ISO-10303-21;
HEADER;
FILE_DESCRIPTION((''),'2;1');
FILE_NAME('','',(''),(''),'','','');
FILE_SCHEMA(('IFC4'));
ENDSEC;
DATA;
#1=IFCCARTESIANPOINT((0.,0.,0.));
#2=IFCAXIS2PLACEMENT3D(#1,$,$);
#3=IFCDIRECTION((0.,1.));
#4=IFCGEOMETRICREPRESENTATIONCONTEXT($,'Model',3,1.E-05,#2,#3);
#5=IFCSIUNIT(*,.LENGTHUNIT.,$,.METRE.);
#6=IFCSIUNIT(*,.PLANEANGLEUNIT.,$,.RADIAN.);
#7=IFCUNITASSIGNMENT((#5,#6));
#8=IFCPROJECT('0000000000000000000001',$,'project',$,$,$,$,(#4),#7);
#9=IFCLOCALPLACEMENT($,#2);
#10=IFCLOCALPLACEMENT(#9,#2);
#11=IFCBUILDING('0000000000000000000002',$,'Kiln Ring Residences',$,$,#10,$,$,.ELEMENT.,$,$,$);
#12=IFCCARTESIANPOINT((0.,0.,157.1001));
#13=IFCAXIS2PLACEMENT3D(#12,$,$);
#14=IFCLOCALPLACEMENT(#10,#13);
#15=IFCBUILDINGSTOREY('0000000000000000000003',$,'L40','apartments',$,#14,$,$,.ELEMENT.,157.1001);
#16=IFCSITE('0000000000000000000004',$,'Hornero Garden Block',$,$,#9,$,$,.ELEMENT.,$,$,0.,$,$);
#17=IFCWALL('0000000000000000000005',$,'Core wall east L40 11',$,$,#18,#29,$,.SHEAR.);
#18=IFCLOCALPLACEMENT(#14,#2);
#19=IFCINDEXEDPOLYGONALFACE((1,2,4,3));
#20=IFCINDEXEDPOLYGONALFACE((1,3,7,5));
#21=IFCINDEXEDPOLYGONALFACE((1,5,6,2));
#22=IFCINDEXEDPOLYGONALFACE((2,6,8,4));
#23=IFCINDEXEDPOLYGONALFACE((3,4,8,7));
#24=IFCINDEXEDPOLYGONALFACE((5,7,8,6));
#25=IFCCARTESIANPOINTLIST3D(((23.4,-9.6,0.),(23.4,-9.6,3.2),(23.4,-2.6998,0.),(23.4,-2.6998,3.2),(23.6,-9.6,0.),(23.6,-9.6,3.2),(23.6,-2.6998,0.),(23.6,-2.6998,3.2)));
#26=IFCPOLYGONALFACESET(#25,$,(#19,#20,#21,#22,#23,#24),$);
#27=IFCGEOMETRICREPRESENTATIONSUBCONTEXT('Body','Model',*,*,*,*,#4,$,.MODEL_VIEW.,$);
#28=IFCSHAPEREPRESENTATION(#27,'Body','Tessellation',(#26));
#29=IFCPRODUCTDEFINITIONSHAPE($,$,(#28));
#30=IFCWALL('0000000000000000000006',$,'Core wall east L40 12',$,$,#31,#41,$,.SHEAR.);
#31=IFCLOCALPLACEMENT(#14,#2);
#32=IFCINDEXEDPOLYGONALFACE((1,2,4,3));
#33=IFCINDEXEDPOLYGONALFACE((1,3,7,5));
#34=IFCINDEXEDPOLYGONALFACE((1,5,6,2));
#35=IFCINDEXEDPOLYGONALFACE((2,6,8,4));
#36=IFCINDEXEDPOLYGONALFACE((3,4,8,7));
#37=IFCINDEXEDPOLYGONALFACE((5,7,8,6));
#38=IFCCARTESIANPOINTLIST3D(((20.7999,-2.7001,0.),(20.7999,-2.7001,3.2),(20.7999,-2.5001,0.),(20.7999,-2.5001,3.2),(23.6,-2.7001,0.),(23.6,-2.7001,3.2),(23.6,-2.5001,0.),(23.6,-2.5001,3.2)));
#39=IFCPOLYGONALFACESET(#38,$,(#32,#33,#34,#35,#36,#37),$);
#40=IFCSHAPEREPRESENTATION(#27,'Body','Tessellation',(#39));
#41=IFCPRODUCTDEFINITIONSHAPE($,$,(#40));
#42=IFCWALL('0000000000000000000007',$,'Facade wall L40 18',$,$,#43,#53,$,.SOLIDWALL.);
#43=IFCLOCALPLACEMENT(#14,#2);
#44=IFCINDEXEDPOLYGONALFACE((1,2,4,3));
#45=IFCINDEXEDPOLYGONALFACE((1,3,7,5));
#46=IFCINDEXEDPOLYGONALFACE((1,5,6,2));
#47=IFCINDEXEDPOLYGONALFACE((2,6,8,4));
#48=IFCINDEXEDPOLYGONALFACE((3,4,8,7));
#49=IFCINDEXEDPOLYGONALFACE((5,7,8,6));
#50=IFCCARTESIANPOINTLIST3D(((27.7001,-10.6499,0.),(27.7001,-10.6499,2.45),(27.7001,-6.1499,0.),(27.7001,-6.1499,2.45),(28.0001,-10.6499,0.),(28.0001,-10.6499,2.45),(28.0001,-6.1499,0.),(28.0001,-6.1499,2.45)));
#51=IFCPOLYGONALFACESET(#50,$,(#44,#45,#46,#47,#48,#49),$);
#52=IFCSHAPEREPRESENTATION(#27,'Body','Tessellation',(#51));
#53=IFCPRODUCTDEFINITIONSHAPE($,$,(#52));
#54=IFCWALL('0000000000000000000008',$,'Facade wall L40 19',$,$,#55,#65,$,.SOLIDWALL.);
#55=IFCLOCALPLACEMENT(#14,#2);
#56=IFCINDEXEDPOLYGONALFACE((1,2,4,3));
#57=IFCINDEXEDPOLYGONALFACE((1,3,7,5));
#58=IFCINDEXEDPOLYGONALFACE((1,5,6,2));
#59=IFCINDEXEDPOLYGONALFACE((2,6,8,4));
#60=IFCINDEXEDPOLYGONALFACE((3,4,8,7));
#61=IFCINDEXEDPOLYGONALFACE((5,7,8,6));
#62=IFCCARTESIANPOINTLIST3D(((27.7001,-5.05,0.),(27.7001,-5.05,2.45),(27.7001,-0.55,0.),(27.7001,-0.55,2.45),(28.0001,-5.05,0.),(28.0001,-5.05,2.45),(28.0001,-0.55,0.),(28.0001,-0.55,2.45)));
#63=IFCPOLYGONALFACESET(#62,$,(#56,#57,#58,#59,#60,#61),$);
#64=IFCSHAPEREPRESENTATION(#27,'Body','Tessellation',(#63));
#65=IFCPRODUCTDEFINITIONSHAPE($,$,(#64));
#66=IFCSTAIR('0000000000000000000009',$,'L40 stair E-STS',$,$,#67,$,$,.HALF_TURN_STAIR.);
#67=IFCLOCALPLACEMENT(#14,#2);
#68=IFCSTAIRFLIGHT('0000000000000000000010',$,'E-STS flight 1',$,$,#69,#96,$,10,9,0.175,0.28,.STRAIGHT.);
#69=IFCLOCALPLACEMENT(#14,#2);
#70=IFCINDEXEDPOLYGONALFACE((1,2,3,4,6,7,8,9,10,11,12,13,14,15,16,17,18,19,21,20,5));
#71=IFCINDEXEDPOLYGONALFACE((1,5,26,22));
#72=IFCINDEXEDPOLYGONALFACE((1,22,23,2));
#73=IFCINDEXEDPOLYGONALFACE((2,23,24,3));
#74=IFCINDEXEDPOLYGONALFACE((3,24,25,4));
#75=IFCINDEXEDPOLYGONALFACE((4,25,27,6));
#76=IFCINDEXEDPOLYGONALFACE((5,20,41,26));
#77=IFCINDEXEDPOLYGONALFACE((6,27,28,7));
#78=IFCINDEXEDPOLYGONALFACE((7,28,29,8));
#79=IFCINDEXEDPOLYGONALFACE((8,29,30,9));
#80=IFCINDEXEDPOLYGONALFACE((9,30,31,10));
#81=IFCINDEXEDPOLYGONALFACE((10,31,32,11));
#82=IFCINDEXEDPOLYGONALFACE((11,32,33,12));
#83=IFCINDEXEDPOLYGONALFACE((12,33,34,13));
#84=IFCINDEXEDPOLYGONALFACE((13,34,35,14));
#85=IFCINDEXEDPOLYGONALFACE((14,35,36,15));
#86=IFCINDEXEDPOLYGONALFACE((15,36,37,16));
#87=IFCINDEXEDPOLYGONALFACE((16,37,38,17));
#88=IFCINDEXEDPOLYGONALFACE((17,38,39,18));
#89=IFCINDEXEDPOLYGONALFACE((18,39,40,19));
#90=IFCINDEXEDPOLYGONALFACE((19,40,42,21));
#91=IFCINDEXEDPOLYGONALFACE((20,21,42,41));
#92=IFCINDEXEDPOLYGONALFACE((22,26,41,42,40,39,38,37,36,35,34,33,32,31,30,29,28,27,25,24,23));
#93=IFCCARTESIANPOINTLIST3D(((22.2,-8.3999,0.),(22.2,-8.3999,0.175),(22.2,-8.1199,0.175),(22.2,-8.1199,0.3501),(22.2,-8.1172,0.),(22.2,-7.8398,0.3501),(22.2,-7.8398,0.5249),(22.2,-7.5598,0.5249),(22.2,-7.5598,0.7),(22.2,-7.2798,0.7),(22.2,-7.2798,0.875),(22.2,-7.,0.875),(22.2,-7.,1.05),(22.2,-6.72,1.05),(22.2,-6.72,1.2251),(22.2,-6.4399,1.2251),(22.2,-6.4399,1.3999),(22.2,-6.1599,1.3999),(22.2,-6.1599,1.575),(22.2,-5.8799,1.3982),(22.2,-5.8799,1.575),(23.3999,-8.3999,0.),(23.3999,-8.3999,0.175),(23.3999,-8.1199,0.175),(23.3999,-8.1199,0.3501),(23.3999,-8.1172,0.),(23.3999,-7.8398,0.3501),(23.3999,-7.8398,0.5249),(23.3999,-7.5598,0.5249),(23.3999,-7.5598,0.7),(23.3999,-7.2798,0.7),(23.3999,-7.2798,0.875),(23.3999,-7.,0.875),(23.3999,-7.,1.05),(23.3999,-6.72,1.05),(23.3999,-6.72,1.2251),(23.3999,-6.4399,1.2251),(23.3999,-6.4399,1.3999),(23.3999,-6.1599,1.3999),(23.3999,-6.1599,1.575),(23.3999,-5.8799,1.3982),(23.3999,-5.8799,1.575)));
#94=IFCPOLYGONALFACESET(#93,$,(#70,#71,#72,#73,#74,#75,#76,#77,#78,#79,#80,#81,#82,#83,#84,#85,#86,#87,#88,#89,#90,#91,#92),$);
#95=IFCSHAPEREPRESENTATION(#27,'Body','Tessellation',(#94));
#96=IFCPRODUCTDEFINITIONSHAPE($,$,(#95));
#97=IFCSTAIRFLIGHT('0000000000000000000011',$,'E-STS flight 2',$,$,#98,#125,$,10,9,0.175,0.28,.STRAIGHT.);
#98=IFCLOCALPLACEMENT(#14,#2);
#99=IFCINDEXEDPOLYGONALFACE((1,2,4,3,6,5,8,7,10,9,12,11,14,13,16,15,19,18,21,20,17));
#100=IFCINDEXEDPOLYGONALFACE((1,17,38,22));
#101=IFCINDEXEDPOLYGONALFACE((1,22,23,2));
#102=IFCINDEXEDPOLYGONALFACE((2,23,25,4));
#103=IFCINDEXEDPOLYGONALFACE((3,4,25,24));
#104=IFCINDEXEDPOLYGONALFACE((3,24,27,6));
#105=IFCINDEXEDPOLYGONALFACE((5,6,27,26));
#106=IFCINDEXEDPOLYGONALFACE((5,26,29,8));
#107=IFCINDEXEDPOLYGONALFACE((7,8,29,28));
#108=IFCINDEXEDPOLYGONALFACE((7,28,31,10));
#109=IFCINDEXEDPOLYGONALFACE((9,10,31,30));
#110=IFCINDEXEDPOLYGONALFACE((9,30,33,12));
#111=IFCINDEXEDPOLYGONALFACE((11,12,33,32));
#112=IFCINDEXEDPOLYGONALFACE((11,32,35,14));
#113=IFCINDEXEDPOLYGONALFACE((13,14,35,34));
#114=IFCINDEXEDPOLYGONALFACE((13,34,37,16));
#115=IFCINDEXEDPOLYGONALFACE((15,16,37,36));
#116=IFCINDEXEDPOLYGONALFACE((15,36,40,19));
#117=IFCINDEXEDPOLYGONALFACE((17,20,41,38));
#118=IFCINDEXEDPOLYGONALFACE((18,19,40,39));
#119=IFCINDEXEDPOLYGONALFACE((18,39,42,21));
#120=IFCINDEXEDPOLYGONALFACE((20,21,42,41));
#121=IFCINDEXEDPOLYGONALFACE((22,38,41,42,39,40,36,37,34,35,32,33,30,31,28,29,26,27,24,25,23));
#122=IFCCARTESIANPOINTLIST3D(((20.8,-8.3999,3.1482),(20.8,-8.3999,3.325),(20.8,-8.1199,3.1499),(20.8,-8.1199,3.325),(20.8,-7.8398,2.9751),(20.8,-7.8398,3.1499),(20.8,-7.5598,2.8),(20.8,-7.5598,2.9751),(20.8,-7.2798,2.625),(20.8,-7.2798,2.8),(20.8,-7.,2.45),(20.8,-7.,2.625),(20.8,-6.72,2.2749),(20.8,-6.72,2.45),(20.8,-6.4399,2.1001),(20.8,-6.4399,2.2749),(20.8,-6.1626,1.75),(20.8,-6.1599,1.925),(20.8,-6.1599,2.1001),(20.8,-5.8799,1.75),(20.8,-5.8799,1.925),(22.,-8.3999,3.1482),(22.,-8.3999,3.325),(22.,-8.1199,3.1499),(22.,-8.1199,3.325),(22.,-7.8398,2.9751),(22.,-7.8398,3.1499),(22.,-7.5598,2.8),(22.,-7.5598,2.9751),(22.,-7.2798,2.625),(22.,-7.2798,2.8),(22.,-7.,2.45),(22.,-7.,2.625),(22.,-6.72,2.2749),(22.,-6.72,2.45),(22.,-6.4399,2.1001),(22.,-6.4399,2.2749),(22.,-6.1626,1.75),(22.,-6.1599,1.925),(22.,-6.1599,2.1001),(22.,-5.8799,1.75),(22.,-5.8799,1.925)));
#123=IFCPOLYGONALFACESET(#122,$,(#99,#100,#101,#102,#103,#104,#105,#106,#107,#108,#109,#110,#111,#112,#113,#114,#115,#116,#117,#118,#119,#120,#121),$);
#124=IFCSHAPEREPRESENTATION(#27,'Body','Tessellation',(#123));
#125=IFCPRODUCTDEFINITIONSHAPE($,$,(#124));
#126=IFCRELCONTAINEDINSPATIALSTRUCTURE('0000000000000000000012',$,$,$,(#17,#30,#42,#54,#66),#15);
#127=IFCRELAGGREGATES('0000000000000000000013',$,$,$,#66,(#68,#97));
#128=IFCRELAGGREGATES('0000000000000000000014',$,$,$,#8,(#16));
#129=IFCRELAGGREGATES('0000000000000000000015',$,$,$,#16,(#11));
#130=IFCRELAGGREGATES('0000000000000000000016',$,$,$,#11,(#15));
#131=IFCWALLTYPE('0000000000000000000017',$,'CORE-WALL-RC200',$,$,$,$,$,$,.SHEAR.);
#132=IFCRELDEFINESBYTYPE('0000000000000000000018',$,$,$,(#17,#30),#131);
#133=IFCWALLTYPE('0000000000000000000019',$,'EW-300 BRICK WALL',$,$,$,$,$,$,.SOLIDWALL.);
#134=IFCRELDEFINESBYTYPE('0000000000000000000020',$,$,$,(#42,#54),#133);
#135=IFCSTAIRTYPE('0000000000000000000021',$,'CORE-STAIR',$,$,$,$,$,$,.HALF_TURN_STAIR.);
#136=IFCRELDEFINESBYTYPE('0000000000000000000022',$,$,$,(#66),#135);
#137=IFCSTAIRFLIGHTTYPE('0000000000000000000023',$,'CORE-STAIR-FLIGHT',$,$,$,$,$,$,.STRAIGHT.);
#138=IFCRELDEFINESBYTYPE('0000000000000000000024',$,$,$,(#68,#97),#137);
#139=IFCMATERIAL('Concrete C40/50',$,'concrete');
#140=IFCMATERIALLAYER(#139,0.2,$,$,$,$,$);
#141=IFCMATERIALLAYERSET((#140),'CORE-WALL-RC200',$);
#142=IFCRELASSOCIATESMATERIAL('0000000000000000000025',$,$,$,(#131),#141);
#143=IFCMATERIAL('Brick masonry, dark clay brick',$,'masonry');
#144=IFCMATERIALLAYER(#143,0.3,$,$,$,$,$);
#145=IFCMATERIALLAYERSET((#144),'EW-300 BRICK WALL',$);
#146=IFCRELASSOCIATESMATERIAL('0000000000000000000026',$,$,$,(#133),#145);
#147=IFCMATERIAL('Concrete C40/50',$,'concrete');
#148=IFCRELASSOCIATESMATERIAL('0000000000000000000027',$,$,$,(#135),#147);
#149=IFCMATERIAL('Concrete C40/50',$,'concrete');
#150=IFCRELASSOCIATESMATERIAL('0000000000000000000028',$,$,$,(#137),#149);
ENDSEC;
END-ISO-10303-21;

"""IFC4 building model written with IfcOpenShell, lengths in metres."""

from ifc_helpers import new_model, si_unit, direction, frame, frame_2d, origin, place, context, subcontext, project, spatial, polyline, rectangle, outline, extrude, material, layer, layer_set, type_object, element, aggregate, save


model = new_model("IFC4")

# Units and contexts
model_context = context("Model", 3, precision=1e-05, world=origin(), true_north=direction((0.0, 1.0)))
body_context = subcontext(model_context, "Body", "Model", "MODEL_VIEW")
ifc_project = project(units=[si_unit("LENGTHUNIT", "METRE"), si_unit("PLANEANGLEUNIT", "RADIAN")], contexts=[model_context])

# Site, building, storey
site_placement = place(None, origin())
site = spatial("IfcSite", under=ifc_project, at=site_placement, Name="Hornero Garden Block", CompositionType="ELEMENT", RefElevation=0.0)
building_placement = place(site_placement, origin())
building = spatial("IfcBuilding", under=site, at=building_placement, Name="Kiln Ring Residences", CompositionType="ELEMENT")
storey_placement = place(building_placement, frame((0.0, 0.0, 157.1001)))
storey = spatial("IfcBuildingStorey", under=building, at=storey_placement, Name="L40", Description="apartments", CompositionType="ELEMENT", Elevation=157.1001)

# Shared definitions
ifc_material_1 = material(Name="Concrete C40/50", Category="concrete")
ifc_layer_1 = layer(ifc_material_1, 0.2)
ifc_layer_set_1 = layer_set([ifc_layer_1], Name="CORE-WALL-RC200")
wall_type_1 = type_object("IfcWallType", Name="CORE-WALL-RC200", PredefinedType="SHEAR", material=ifc_layer_set_1)

# Walls
wall_1_placement = place(storey_placement, frame((23.5, -9.6001, 0.0), z_axis=(0.0, 0.0, 1.0), x_axis=(0.0, 1.0, 0.0)))
element("IfcWall", 1, at=wall_1_placement, inside=storey, type_object=wall_type_1, Name="Core wall east L40 11", PredefinedType="SHEAR", context=body_context, shape_type="SweptSolid", body=[
    extrude(rectangle(XDim=6.9001, YDim=0.2, at=frame_2d((3.4502, 0.0))), origin(), (0.0, 0.0, 1.0), 3.2),
])
wall_2_placement = place(storey_placement, frame((20.8, -2.6001, 0.0), z_axis=(0.0, 0.0, 1.0), x_axis=(1.0, 0.0, 0.0)))
element("IfcWall", 2, at=wall_2_placement, inside=storey, type_object=wall_type_1, Name="Core wall east L40 12", PredefinedType="SHEAR", context=body_context, shape_type="SweptSolid", body=[
    extrude(rectangle(XDim=2.8, YDim=0.2, at=frame_2d((1.3999, 0.0))), origin(), (0.0, 0.0, 1.0), 3.2),
])
ifc_material_2 = material(Name="Brick masonry, dark clay brick", Category="masonry")
ifc_layer_2 = layer(ifc_material_2, 0.3)
ifc_layer_set_2 = layer_set([ifc_layer_2], Name="EW-300 BRICK WALL")
wall_type_2 = type_object("IfcWallType", Name="EW-300 BRICK WALL", PredefinedType="SOLIDWALL", material=ifc_layer_set_2)
for number, where, z_axis, x_axis, name in (
    (3, (27.8501, -10.6499, 0.0), (0.0, 0.0, 1.0), (0.0, 1.0, 0.0), "Facade wall L40 18"),
    (4, (27.8501, -5.05, 0.0), (0.0, 0.0, 1.0), (0.0, 1.0, 0.0), "Facade wall L40 19"),
):
    element("IfcWall", number, at=place(storey_placement, frame(where, z_axis=z_axis, x_axis=x_axis)), inside=storey, type_object=wall_type_2, Name=name, PredefinedType="SOLIDWALL", context=body_context, shape_type="SweptSolid", body=[
        extrude(rectangle(XDim=4.5, YDim=0.3, at=frame_2d((2.25, 0.0))), origin(), (0.0, 0.0, 1.0), 2.45),
    ])

# Stair, stair flights
ifc_material_3 = material(Name="Concrete C40/50", Category="concrete")
stair_type = type_object("IfcStairType", Name="CORE-STAIR", PredefinedType="HALF_TURN_STAIR", material=ifc_material_3)
stair_placement = place(storey_placement, origin())
stair = element("IfcStair", 5, at=stair_placement, inside=storey, type_object=stair_type, Name="L40 stair E-STS", PredefinedType="HALF_TURN_STAIR")
ifc_material_4 = material(Name="Concrete C40/50", Category="concrete")
stair_flight_type = type_object("IfcStairFlightType", Name="CORE-STAIR-FLIGHT", PredefinedType="STRAIGHT", material=ifc_material_4)
stair_flight_1_placement = place(storey_placement, frame((22.8, -8.3999, 0.0), z_axis=(0.0, 0.0, 1.0), x_axis=(0.0, 1.0, 0.0)))
stair_flight_1 = element("IfcStairFlight", 6, at=stair_flight_1_placement, type_object=stair_flight_type, Name="E-STS flight 1", NumberOfRisers=10, NumberOfTreads=9, PredefinedType="STRAIGHT", RiserHeight=0.175, TreadLength=0.28, context=body_context, shape_type="SweptSolid", body=[
    extrude(outline(polyline([(0.0, 0.0), (0.0, 0.175), (0.28, 0.175), (0.28, 0.3501), (0.5601, 0.3501), (0.5601, 0.5249), (0.8401, 0.5249), (0.8401, 0.7), (1.1201, 0.7), (1.1201, 0.875), (1.3999, 0.875), (1.3999, 1.05), (1.6799, 1.05), (1.6799, 1.2251), (1.96, 1.2251), (1.96, 1.3999), (2.24, 1.3999), (2.24, 1.575), (2.52, 1.575), (2.52, 1.75), (2.52, 1.3982), (0.2827, 0.0), (0.0, 0.0)])), frame((0.0, 0.6001, 0.0), z_axis=(0.0, -1.0, 0.0), x_axis=(1.0, 0.0, 0.0)), (0.0, 0.0, 1.0), 1.2),
])
stair_flight_2_placement = place(storey_placement, frame((21.3999, -5.8799, 1.75), z_axis=(0.0, 0.0, 1.0), x_axis=(0.0, -1.0, 0.0)))
stair_flight_2 = element("IfcStairFlight", 7, at=stair_flight_2_placement, type_object=stair_flight_type, Name="E-STS flight 2", NumberOfRisers=10, NumberOfTreads=9, PredefinedType="STRAIGHT", RiserHeight=0.175, TreadLength=0.28, context=body_context, shape_type="SweptSolid", body=[
    extrude(outline(polyline([(0.0, 0.0), (0.0, 0.175), (0.28, 0.175), (0.28, 0.3501), (0.5601, 0.3501), (0.5601, 0.5249), (0.8401, 0.5249), (0.8401, 0.7), (1.1201, 0.7), (1.1201, 0.875), (1.3999, 0.875), (1.3999, 1.05), (1.6799, 1.05), (1.6799, 1.2251), (1.96, 1.2251), (1.96, 1.3999), (2.24, 1.3999), (2.24, 1.575), (2.52, 1.575), (2.52, 1.75), (2.52, 1.3982), (0.2827, 0.0), (0.0, 0.0)])), frame((0.0, 0.6001, 0.0), z_axis=(0.0, -1.0, 0.0), x_axis=(1.0, 0.0, 0.0)), (0.0, 0.0, 1.0), 1.2),
])
aggregate(stair, [stair_flight_1, stair_flight_2])

save(model, "model.ifc")
